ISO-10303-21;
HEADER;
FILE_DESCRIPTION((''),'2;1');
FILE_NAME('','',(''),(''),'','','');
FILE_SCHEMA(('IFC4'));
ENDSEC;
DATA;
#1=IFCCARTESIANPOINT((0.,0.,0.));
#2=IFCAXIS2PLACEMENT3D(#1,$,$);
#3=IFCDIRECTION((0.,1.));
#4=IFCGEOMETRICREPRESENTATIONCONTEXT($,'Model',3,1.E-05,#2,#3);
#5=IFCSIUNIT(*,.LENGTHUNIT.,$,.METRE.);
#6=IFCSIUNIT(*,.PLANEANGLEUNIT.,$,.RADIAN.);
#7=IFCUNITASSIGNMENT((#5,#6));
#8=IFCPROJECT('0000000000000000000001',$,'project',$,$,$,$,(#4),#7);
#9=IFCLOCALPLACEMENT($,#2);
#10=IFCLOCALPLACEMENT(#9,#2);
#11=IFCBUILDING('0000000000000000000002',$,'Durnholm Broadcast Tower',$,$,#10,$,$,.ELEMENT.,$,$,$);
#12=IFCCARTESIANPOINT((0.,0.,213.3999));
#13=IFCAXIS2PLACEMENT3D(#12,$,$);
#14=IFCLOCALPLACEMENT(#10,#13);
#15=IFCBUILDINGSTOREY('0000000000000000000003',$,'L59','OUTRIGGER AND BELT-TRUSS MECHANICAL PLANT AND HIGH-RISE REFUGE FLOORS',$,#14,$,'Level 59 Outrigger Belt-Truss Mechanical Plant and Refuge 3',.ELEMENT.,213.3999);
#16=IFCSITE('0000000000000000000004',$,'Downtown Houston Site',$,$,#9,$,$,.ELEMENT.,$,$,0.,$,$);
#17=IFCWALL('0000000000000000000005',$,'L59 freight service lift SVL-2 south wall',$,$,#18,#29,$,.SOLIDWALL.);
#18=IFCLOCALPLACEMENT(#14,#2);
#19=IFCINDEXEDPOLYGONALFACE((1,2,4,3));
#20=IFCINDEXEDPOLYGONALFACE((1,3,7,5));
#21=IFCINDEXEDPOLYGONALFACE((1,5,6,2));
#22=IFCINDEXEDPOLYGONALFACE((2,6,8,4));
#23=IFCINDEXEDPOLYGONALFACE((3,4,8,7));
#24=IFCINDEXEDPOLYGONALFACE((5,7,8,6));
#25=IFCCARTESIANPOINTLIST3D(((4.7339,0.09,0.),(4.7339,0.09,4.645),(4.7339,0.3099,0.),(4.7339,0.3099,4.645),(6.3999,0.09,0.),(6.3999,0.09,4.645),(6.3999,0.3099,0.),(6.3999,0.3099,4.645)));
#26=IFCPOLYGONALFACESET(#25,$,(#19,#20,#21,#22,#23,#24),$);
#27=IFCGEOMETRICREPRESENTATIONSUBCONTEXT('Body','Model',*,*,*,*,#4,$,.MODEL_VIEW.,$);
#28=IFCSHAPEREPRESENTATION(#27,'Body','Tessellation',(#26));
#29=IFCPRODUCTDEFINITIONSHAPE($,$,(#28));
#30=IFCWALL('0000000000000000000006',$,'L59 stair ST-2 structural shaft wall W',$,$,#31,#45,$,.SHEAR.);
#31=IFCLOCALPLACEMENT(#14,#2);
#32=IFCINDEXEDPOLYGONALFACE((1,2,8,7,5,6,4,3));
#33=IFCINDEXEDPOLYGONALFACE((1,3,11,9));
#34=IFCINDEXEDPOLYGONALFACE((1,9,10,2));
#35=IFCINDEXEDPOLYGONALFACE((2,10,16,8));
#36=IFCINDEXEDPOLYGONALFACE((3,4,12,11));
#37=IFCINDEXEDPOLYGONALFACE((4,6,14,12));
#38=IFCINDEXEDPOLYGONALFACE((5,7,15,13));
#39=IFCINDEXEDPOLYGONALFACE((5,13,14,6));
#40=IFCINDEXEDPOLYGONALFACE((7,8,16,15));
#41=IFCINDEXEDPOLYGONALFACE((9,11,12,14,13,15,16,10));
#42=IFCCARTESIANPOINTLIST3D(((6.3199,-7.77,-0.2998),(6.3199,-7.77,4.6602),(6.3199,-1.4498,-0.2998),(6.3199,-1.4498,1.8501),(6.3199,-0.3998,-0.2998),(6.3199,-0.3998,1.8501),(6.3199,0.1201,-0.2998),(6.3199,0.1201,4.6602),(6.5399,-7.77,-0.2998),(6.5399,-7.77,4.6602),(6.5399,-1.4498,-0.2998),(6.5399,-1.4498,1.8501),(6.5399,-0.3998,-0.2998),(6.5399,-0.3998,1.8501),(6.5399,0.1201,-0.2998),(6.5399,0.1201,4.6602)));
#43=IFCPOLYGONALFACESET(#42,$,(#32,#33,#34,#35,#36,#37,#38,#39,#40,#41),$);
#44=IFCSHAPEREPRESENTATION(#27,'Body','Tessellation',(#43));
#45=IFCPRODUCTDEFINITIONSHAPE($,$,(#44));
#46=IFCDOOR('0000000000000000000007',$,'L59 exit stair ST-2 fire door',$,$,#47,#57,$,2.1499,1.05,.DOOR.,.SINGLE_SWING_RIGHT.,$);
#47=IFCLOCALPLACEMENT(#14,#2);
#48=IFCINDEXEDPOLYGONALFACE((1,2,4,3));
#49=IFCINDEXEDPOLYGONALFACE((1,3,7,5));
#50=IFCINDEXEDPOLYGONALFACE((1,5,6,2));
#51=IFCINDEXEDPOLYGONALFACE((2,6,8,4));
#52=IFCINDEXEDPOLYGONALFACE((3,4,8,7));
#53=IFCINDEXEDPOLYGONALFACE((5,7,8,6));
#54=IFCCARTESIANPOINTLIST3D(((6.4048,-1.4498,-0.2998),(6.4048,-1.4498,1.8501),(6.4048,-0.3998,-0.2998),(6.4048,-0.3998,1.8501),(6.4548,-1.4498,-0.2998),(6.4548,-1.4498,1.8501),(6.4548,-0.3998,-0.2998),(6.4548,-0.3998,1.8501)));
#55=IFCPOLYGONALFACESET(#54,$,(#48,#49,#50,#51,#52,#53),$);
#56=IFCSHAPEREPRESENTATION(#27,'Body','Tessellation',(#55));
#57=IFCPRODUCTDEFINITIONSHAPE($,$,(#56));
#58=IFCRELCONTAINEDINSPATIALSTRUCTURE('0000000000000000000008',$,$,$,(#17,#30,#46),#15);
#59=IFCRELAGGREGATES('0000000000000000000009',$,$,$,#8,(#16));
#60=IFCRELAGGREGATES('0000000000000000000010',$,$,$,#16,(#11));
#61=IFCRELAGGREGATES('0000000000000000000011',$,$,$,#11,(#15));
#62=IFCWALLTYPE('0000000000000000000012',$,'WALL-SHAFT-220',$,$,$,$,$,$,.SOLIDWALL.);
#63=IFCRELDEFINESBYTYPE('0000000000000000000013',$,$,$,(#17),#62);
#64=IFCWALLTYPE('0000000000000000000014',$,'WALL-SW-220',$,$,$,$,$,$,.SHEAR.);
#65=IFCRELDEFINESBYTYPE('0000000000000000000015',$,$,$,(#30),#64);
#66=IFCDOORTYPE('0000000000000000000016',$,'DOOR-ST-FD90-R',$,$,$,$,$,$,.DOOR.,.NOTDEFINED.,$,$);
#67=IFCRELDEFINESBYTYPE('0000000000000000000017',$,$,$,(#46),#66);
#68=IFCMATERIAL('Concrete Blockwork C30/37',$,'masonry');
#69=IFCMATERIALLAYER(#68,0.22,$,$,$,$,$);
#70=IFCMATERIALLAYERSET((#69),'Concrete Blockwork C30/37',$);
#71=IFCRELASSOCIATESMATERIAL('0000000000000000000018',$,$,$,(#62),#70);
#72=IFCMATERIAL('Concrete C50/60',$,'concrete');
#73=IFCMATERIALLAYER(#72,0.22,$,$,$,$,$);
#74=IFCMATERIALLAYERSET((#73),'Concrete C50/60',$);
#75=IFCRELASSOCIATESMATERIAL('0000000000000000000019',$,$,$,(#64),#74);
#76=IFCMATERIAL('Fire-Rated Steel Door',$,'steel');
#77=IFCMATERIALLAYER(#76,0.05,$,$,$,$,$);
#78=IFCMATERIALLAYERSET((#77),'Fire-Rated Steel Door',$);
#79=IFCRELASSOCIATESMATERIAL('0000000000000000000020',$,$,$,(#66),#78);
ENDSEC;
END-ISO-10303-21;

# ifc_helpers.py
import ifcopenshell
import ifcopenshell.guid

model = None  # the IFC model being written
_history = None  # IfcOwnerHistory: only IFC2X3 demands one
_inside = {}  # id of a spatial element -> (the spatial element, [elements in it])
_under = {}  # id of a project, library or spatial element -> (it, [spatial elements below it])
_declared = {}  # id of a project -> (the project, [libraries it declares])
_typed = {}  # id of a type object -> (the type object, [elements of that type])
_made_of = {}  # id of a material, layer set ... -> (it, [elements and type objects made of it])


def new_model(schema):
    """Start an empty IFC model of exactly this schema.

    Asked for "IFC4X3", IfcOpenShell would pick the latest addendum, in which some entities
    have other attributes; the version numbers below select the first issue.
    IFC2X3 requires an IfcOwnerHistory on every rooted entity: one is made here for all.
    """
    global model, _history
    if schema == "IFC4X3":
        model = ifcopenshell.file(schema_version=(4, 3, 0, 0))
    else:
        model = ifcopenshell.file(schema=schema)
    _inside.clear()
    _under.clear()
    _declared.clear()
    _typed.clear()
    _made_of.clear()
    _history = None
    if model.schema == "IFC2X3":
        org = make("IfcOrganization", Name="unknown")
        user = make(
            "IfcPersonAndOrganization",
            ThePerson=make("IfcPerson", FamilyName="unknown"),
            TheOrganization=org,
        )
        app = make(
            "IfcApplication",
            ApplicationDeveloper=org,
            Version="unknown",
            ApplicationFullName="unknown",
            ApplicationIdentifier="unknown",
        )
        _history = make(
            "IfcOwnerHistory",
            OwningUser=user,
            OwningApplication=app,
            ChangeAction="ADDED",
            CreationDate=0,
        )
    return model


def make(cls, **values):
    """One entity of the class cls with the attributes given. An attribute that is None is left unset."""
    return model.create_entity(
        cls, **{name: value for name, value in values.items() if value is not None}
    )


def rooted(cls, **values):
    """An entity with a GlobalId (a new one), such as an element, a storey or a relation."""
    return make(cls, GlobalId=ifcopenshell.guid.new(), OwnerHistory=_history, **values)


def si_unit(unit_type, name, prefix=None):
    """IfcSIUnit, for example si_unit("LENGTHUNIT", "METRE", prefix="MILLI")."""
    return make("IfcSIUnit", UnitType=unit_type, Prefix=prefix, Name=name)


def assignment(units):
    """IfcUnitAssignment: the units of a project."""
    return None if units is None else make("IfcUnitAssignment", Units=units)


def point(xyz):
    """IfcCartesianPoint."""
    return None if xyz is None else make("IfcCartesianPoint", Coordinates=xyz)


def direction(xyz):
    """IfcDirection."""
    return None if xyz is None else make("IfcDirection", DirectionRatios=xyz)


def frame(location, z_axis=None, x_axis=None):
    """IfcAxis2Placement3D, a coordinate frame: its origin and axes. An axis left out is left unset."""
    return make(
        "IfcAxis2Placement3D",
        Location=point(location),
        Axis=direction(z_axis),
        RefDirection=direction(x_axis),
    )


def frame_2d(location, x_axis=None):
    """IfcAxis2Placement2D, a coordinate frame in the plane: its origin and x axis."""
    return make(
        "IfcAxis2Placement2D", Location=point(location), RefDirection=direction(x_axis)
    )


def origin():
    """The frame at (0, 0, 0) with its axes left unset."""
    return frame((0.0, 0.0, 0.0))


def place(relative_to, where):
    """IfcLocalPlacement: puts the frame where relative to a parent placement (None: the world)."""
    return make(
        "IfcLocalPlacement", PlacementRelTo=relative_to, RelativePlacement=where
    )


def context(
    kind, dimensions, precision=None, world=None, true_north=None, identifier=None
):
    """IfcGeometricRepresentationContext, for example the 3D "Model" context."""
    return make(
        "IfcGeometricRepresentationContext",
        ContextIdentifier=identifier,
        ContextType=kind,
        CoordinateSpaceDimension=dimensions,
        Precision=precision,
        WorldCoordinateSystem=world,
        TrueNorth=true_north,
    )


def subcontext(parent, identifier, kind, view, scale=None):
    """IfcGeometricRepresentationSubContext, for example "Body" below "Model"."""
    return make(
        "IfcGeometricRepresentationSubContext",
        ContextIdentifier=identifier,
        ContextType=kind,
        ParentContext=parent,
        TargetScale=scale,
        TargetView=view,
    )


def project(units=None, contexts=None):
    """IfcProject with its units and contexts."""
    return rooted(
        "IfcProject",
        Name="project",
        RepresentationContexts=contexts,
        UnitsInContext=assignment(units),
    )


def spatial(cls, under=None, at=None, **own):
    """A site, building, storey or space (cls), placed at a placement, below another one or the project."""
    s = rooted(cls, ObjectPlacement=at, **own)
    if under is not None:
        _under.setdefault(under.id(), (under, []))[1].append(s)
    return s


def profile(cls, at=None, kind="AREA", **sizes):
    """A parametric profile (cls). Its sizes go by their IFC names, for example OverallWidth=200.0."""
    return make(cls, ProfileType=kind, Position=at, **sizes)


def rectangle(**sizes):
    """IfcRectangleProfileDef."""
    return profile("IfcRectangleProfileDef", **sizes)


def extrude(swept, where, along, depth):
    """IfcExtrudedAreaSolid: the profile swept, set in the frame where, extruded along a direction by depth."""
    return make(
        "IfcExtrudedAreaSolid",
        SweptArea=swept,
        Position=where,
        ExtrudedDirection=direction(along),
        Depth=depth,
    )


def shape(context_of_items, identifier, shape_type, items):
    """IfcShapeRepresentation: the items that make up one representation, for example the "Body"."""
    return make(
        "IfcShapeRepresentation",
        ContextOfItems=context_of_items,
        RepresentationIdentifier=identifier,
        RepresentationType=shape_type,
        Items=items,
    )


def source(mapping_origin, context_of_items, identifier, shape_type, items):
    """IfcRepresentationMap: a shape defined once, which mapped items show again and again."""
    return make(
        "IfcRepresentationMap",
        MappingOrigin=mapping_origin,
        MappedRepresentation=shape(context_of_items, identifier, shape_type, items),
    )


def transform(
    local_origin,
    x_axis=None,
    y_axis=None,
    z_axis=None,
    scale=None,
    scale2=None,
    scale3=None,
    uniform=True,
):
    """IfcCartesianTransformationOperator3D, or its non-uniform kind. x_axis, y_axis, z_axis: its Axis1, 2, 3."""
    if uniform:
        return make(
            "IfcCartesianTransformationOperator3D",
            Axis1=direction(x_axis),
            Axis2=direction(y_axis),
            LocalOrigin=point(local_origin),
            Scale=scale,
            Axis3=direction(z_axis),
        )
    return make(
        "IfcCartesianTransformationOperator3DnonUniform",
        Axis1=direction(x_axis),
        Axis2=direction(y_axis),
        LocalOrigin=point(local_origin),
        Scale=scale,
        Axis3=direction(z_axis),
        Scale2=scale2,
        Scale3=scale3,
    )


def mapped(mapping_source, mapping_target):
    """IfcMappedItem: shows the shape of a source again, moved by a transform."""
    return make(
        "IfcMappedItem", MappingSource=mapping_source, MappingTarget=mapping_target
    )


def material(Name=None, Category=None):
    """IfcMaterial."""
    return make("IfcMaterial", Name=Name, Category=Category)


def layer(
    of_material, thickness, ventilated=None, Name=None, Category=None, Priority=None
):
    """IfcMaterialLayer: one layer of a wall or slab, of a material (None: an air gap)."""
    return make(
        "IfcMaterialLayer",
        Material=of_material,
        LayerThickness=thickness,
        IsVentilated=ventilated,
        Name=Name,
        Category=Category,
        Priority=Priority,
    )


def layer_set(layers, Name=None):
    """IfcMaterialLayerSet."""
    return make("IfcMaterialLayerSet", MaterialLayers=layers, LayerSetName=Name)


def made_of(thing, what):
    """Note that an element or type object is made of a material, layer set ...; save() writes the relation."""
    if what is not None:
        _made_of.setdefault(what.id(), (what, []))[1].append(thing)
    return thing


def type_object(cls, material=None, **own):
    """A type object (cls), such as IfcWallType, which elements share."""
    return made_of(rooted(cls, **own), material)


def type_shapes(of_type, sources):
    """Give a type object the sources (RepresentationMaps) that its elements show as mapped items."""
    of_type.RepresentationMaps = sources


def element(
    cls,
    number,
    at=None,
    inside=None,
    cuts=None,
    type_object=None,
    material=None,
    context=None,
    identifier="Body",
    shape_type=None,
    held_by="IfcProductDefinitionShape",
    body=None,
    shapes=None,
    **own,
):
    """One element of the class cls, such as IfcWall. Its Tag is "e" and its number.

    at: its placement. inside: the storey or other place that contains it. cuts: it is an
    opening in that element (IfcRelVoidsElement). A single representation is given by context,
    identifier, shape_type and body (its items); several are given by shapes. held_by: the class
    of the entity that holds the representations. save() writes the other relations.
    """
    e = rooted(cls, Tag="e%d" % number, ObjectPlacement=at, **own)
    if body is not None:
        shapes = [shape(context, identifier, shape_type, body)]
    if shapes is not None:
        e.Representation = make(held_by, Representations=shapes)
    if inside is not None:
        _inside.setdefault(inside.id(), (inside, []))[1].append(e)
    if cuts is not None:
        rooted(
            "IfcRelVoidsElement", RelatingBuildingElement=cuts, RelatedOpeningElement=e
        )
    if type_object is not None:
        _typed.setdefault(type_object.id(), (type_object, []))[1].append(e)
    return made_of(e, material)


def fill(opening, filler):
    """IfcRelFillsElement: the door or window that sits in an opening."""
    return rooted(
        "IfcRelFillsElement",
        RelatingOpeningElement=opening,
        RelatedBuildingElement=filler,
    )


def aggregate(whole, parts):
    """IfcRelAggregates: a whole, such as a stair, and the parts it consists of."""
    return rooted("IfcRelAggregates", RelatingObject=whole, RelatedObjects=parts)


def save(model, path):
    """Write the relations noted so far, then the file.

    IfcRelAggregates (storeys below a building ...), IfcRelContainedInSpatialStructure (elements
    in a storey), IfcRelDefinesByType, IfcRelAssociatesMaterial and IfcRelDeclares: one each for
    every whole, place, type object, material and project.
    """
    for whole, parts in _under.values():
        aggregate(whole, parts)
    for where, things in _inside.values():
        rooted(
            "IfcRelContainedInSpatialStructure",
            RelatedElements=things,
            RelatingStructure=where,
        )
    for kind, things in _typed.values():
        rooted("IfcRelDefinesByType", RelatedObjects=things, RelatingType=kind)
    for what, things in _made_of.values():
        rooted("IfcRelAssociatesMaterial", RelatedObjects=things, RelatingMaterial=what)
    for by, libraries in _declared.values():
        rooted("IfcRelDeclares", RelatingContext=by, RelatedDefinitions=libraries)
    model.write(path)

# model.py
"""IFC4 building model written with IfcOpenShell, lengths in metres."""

from ifc_helpers import new_model, si_unit, direction, frame, frame_2d, origin, place, context, subcontext, project, spatial, rectangle, extrude, source, transform, mapped, material, layer, layer_set, type_object, type_shapes, element, fill, save


model = new_model("IFC4")

# Units and contexts
model_context = context("Model", 3, precision=1e-05, world=origin(), true_north=direction((0.0, 1.0)))
body_context = subcontext(model_context, "Body", "Model", "MODEL_VIEW")
ifc_project = project(units=[si_unit("LENGTHUNIT", "METRE"), si_unit("PLANEANGLEUNIT", "RADIAN")], contexts=[model_context])

# Site, building, storey
site_placement = place(None, origin())
site = spatial("IfcSite", under=ifc_project, at=site_placement, Name="Downtown Houston Site", CompositionType="ELEMENT", RefElevation=0.0)
building_placement = place(site_placement, origin())
building = spatial("IfcBuilding", under=site, at=building_placement, Name="Durnholm Broadcast Tower", CompositionType="ELEMENT")
storey_placement = place(building_placement, frame((0.0, 0.0, 213.3999)))
storey = spatial("IfcBuildingStorey", under=building, at=storey_placement, Name="L59", Description="OUTRIGGER AND BELT-TRUSS MECHANICAL PLANT AND HIGH-RISE REFUGE FLOORS", LongName="Level 59 Outrigger Belt-Truss Mechanical Plant and Refuge 3", CompositionType="ELEMENT", Elevation=213.3999)

# Shared definitions
ifc_material_1 = material(Name="Concrete C50/60", Category="concrete")

# Wall
ifc_material_2 = material(Name="Concrete Blockwork C30/37", Category="masonry")
ifc_layer_1 = layer(ifc_material_2, 0.22)
ifc_layer_set_1 = layer_set([ifc_layer_1], Name="Concrete Blockwork C30/37")
wall_type_1 = type_object("IfcWallType", Name="WALL-SHAFT-220", PredefinedType="SOLIDWALL", material=ifc_layer_set_1)
wall_1_placement = place(storey_placement, frame((4.7339, 0.2, 0.0), z_axis=(0.0, 0.0, 1.0), x_axis=(1.0, 0.0, 0.0)))
element("IfcWall", 1, at=wall_1_placement, inside=storey, type_object=wall_type_1, Name="L59 freight service lift SVL-2 south wall", PredefinedType="SOLIDWALL", context=body_context, shape_type="SweptSolid", body=[
    extrude(rectangle(XDim=1.666, YDim=0.22, at=frame_2d((0.833, 0.0))), origin(), (0.0, 0.0, 1.0), 4.645),
])

# Wall, opening, door
ifc_layer_2 = layer(ifc_material_1, 0.22)
ifc_layer_set_2 = layer_set([ifc_layer_2], Name="Concrete C50/60")
wall_type_2 = type_object("IfcWallType", Name="WALL-SW-220", PredefinedType="SHEAR", material=ifc_layer_set_2)
wall_2_placement = place(storey_placement, frame((6.4299, 0.1201, -0.2998), z_axis=(0.0, 0.0, 1.0), x_axis=(0.0, -1.0, 0.0)))
wall_2 = element("IfcWall", 2, at=wall_2_placement, inside=storey, type_object=wall_type_2, Name="L59 stair ST-2 structural shaft wall W", PredefinedType="SHEAR", context=body_context, shape_type="SweptSolid", body=[
    extrude(rectangle(XDim=7.8901, YDim=0.22, at=frame_2d((3.9451, 0.0))), origin(), (0.0, 0.0, 1.0), 4.96),
])
opening_1_placement = place(wall_2_placement, frame((0.52, 0.0, 0.0)))
opening_1 = element("IfcOpeningElement", 3, at=opening_1_placement, cuts=wall_2, PredefinedType="OPENING", context=body_context, shape_type="SweptSolid", body=[
    extrude(rectangle(XDim=1.05, YDim=2.1499, at=frame_2d((0.5249, 1.075))), frame((0.0, 0.1201, 0.0), z_axis=(0.0, -1.0, 0.0), x_axis=(1.0, 0.0, 0.0)), (0.0, 0.0, 1.0), 0.24),
])
ifc_material_3 = material(Name="Fire-Rated Steel Door", Category="steel")
ifc_layer_3 = layer(ifc_material_3, 0.05)
ifc_layer_set_3 = layer_set([ifc_layer_3], Name="Fire-Rated Steel Door")
door_type_1 = type_object("IfcDoorType", Name="DOOR-ST-FD90-R", OperationType="NOTDEFINED", PredefinedType="DOOR", material=ifc_layer_set_3)
shared_shape_1 = source(origin(), body_context, "Body", "SweptSolid", [
    extrude(rectangle(XDim=1.05, YDim=2.1499, at=frame_2d((0.5249, 1.075))), frame((0.0, 0.0249, 0.0), z_axis=(0.0, -1.0, 0.0), x_axis=(1.0, 0.0, 0.0)), (0.0, 0.0, 1.0), 0.05),
])
type_shapes(door_type_1, [shared_shape_1])
door_1_placement = place(opening_1_placement, origin())
door_1 = element("IfcDoor", 4, at=door_1_placement, inside=storey, type_object=door_type_1, Name="L59 exit stair ST-2 fire door", OperationType="SINGLE_SWING_RIGHT", OverallHeight=2.1499, OverallWidth=1.05, PredefinedType="DOOR", context=body_context, shape_type="MappedRepresentation", body=[
    mapped(shared_shape_1, transform((0.0, 0.0, 0.0), x_axis=(1.0, 0.0, 0.0), y_axis=(0.0, 1.0, 0.0), z_axis=(0.0, 0.0, 1.0), scale=1.0)),
])
fill(opening_1, door_1)

save(model, "model.ifc")
